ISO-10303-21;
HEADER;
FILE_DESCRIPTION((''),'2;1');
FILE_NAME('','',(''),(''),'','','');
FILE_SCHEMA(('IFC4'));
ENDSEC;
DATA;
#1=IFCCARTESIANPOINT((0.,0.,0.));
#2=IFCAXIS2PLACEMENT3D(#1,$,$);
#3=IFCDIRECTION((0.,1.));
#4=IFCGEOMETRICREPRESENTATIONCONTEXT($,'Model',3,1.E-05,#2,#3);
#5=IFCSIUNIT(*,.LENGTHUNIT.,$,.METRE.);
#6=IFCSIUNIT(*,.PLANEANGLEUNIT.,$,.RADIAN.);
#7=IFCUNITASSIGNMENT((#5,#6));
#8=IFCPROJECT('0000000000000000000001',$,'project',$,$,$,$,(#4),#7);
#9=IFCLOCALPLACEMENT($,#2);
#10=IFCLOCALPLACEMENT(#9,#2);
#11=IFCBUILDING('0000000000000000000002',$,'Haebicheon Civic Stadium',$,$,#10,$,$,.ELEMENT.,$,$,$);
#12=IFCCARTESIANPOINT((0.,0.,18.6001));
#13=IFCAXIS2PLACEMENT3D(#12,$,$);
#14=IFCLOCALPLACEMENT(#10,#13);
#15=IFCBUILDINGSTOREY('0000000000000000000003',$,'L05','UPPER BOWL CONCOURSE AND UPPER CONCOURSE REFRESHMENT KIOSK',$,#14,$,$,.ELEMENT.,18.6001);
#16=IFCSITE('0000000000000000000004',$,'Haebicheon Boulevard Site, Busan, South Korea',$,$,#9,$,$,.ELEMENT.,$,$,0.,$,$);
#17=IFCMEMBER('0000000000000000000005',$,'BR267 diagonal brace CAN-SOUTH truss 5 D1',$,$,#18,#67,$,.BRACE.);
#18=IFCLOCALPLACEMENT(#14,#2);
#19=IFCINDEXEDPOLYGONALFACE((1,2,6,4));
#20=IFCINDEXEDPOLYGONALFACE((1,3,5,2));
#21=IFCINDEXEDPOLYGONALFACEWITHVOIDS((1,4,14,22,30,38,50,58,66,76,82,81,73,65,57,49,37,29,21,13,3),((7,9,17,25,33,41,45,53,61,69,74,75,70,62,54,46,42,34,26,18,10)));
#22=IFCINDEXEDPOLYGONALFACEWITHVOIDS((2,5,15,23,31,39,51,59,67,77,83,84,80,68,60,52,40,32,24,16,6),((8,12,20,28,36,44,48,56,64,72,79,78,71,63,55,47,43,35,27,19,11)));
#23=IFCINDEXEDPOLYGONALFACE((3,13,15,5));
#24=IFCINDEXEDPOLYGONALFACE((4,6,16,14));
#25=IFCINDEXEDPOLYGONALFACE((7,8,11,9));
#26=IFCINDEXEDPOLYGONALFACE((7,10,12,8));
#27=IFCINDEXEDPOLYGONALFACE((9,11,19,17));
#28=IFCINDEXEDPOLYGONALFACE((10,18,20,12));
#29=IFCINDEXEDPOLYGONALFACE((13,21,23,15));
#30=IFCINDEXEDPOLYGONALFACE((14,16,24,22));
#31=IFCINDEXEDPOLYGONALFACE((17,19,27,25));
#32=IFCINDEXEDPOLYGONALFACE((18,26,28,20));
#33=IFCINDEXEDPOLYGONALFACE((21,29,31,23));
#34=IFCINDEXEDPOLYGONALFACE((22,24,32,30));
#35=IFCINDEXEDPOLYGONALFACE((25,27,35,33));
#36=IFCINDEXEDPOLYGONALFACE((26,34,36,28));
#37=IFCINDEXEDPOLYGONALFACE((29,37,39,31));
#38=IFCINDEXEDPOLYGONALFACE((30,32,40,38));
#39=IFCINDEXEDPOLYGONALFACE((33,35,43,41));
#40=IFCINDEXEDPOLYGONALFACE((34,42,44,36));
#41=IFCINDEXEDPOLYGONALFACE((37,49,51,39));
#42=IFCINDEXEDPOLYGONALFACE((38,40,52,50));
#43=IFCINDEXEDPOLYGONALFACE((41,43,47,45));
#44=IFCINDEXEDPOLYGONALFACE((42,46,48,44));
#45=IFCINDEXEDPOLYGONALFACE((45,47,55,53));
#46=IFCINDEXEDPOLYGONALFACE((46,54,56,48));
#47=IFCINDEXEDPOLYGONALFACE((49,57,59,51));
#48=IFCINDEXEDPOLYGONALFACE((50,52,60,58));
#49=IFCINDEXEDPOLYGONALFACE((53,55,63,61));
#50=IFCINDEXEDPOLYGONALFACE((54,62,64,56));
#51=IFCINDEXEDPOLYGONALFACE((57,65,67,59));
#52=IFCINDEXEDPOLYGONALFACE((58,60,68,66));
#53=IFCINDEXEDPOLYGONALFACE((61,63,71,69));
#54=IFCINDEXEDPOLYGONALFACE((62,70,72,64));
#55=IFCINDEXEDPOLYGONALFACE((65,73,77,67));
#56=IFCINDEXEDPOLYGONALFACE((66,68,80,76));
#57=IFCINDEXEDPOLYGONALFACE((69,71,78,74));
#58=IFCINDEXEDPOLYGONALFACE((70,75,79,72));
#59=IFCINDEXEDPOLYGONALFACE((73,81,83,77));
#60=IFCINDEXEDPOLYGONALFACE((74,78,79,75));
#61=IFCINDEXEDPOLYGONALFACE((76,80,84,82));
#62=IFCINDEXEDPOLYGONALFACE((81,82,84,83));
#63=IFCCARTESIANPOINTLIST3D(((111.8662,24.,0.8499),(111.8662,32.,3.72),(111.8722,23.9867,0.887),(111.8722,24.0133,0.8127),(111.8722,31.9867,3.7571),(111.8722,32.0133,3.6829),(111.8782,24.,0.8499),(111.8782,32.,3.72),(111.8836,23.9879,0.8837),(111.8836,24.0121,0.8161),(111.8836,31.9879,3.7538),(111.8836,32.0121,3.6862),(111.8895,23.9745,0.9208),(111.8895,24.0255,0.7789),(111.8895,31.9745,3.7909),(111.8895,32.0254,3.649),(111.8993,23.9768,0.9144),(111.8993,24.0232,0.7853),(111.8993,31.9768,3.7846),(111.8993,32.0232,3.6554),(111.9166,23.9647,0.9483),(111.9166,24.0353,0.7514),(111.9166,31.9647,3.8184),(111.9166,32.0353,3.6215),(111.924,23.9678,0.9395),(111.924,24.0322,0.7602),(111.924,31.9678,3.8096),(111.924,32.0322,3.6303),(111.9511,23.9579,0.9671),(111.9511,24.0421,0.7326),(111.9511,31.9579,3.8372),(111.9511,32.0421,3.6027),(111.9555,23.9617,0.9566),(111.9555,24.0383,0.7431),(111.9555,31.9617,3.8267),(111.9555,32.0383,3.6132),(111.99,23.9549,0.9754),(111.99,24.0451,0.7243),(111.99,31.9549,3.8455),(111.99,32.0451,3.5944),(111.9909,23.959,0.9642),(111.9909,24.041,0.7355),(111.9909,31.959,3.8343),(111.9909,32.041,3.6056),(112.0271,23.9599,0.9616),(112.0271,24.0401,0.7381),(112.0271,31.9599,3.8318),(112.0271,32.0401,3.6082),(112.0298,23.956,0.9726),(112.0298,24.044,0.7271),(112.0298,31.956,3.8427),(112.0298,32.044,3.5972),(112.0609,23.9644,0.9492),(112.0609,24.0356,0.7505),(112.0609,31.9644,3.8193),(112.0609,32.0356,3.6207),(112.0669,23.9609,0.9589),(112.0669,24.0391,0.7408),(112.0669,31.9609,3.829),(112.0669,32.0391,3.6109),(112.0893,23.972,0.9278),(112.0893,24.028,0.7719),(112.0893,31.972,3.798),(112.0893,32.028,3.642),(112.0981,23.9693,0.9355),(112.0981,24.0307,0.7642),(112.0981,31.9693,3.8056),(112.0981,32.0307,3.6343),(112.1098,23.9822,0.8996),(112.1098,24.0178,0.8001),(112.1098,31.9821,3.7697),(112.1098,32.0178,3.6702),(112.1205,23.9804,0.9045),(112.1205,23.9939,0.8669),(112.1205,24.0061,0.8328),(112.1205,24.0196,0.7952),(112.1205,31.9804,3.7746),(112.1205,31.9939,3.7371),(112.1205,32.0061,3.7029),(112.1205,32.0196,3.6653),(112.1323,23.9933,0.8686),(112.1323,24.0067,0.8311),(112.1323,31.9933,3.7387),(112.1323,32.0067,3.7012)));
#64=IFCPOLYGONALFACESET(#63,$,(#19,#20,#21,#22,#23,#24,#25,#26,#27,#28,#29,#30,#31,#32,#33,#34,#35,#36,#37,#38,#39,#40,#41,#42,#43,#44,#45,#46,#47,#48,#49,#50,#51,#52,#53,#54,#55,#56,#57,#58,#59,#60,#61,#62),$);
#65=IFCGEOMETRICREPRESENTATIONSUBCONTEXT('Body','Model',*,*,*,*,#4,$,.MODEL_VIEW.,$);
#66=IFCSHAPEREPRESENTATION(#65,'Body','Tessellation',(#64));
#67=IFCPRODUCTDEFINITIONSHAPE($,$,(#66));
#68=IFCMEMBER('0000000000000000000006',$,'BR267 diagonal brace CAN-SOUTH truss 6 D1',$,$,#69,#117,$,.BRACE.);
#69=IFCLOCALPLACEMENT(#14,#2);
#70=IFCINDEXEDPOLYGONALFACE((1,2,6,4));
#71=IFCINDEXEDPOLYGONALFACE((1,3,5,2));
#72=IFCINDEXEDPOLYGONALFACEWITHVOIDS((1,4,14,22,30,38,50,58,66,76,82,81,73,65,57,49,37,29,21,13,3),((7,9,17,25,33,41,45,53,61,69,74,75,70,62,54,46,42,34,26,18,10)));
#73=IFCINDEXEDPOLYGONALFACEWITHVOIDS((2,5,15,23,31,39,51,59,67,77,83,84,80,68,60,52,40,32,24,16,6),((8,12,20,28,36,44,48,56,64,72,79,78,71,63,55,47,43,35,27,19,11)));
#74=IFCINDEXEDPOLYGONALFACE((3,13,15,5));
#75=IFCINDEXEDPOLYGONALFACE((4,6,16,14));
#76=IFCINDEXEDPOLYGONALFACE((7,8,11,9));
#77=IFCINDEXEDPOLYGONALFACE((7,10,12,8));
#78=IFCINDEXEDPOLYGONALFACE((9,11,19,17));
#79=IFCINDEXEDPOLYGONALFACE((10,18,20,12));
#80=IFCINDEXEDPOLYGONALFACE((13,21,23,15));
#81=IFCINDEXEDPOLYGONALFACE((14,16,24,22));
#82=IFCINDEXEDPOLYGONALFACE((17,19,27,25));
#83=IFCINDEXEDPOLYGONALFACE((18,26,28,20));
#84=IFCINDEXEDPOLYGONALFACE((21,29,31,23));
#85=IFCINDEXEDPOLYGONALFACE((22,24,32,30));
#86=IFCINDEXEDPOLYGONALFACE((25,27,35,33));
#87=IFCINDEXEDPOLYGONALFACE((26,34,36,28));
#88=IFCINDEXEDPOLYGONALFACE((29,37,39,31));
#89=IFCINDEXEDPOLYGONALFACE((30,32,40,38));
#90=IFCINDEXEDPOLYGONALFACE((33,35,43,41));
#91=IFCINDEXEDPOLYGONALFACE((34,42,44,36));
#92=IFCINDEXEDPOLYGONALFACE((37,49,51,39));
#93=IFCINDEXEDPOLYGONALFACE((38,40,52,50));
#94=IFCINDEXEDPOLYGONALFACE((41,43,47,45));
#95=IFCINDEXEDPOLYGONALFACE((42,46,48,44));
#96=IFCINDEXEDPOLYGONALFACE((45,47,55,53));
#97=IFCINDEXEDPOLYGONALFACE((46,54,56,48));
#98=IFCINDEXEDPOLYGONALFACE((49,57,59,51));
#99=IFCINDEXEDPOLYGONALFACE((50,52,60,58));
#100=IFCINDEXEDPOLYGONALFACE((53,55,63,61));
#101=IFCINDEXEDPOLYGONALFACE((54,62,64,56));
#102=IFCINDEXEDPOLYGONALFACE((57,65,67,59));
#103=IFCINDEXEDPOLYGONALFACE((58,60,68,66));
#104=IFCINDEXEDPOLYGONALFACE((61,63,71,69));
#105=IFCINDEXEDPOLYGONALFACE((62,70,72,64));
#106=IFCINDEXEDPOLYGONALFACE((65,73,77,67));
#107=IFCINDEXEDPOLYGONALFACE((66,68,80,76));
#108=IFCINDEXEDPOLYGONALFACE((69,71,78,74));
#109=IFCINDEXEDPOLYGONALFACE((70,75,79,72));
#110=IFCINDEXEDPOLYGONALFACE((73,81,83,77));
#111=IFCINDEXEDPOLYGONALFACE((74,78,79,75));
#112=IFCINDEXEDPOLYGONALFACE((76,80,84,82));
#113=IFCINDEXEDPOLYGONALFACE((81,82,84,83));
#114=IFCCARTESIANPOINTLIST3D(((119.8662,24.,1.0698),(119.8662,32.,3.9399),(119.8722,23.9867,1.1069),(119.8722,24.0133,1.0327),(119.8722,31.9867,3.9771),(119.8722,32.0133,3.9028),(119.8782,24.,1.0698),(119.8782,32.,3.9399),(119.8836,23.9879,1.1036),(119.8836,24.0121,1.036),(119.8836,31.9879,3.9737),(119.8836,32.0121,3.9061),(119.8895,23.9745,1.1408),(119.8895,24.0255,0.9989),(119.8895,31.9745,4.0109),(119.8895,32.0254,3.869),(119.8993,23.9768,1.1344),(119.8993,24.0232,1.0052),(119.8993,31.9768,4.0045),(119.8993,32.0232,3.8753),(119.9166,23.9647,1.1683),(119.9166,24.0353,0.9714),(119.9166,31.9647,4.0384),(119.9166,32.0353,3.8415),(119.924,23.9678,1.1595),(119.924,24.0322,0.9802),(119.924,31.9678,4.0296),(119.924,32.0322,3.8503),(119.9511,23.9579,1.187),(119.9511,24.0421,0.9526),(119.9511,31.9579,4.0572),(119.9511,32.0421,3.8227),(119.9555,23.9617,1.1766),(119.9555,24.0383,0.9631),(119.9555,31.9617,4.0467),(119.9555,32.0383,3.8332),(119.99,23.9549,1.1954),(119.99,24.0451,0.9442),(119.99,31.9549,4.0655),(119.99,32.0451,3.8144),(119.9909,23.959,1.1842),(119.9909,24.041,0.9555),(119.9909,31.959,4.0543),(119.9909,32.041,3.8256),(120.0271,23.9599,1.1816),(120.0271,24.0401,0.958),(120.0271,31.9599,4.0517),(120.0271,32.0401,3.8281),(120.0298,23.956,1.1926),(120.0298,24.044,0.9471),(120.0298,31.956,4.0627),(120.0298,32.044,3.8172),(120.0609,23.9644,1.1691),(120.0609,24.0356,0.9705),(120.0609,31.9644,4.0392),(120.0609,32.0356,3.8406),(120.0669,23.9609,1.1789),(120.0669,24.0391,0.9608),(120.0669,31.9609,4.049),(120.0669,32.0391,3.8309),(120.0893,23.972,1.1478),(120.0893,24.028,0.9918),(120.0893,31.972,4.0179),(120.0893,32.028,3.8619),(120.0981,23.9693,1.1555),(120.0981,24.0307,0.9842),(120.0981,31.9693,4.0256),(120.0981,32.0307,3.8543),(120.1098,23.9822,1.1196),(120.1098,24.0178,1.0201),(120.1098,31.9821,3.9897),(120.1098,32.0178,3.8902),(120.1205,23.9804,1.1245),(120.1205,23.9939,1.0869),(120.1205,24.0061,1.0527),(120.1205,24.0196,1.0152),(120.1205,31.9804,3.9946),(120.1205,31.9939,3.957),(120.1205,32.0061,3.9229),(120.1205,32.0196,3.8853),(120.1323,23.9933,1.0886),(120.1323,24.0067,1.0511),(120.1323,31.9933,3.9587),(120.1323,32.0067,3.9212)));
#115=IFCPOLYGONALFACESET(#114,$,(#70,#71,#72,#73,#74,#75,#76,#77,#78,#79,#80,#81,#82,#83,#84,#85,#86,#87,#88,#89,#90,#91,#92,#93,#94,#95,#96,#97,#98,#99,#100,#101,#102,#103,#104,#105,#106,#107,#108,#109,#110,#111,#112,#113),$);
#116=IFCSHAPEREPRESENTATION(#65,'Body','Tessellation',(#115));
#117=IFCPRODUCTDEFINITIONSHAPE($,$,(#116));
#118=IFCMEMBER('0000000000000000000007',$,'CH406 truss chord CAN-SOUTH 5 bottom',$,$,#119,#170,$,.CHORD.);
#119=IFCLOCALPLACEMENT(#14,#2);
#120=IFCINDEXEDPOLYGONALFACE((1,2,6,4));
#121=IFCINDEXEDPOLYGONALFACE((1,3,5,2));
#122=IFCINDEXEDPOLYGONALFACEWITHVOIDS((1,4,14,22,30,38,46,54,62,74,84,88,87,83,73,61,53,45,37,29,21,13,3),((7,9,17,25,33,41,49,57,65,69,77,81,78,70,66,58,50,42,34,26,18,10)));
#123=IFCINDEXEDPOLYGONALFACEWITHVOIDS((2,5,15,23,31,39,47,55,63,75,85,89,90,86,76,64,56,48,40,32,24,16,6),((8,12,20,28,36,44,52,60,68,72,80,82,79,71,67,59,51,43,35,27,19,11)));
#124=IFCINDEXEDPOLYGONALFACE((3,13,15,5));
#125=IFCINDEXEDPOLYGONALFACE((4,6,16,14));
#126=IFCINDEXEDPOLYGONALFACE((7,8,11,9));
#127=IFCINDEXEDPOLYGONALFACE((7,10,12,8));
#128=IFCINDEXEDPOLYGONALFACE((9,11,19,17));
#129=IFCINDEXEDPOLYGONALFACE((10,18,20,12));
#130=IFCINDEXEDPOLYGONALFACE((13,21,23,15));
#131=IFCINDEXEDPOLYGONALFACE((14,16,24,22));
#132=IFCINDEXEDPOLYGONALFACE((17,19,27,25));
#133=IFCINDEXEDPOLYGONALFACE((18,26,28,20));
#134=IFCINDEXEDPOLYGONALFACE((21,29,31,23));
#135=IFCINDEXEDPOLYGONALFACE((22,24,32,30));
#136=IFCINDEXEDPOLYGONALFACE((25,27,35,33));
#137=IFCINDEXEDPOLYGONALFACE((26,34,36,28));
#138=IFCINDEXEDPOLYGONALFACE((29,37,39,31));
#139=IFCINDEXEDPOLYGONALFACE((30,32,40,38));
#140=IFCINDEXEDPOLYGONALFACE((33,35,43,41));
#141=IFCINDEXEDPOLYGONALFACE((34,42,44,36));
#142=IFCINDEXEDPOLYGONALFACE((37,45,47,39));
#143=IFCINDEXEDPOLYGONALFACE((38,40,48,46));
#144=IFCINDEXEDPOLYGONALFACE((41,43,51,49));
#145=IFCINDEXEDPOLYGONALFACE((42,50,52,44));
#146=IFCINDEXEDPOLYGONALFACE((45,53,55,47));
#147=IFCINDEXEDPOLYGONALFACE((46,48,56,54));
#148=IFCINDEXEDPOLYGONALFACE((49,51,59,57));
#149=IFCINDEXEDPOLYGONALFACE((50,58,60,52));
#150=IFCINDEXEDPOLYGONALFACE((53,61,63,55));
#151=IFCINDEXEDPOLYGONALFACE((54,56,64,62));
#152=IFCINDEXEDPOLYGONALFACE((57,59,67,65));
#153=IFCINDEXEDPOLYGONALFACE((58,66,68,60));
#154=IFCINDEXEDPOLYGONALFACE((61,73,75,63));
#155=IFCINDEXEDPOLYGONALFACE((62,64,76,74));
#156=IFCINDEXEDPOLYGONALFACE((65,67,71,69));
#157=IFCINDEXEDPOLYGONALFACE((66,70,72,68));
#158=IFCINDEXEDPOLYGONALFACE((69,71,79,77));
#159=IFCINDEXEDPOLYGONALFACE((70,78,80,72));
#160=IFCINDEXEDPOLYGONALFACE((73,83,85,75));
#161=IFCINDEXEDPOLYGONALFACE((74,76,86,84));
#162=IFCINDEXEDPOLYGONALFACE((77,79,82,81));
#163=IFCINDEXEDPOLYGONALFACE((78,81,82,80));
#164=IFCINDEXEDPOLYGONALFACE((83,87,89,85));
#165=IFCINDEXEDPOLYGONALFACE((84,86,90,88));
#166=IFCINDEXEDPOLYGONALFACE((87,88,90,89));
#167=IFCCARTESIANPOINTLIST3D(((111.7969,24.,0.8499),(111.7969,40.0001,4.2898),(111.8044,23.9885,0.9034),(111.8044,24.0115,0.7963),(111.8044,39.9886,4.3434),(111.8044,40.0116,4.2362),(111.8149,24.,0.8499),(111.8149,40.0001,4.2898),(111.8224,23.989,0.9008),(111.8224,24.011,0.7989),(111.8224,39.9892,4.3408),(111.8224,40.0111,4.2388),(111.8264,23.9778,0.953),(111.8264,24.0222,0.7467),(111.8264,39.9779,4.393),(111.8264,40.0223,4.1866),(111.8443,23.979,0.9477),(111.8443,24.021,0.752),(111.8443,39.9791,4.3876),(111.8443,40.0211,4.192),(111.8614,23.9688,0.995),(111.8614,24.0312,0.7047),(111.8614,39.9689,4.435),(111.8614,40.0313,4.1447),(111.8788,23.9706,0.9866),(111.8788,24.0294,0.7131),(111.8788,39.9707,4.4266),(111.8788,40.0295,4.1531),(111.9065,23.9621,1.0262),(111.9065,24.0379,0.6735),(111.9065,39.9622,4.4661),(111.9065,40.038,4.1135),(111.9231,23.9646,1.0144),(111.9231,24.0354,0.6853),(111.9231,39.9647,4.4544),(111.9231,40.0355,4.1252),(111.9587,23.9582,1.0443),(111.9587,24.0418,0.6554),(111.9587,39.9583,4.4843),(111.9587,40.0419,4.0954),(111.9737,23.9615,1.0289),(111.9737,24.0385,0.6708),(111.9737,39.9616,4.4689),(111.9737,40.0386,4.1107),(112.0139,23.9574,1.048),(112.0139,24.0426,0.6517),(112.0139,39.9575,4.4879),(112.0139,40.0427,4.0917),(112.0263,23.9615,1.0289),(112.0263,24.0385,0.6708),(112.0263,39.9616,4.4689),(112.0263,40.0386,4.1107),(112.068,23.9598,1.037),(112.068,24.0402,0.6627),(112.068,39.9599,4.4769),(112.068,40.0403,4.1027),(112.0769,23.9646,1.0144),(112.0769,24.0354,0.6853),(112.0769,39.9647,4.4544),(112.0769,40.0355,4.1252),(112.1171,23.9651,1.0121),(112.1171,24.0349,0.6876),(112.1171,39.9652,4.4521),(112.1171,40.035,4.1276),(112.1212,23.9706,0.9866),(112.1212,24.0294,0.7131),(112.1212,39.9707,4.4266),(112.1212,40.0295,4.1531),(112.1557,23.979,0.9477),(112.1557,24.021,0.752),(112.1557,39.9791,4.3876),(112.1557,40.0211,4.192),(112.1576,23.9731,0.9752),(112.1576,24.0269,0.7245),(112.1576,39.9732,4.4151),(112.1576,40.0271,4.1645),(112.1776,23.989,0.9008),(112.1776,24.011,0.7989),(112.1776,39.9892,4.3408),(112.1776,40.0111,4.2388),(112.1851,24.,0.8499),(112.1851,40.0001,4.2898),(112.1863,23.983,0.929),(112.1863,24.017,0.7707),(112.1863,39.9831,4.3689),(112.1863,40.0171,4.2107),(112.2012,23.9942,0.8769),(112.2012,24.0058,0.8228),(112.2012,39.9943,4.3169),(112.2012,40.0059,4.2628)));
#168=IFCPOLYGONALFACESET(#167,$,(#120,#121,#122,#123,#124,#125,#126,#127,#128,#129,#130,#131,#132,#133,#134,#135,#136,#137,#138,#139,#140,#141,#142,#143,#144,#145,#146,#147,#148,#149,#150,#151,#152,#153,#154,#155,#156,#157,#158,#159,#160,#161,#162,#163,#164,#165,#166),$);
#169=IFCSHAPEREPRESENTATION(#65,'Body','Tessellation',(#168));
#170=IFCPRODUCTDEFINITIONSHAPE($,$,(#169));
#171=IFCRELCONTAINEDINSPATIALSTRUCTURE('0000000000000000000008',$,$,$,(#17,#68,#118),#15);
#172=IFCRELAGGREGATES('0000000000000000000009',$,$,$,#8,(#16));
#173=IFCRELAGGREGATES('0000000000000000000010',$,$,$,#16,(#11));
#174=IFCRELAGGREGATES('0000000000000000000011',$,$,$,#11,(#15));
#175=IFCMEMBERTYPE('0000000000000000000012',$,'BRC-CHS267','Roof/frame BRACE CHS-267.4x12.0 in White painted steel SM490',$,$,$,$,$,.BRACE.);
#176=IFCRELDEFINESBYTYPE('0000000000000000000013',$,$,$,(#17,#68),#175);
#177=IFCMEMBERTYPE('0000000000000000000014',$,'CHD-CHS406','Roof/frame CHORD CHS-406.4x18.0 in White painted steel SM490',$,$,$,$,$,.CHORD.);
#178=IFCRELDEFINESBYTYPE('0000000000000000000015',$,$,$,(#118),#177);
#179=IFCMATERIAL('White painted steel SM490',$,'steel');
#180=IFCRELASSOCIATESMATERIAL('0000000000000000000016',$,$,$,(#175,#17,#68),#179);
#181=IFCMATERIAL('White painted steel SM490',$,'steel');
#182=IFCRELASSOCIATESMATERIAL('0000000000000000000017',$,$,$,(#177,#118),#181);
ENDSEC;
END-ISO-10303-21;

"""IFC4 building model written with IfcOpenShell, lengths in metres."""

from ifc_helpers import new_model, si_unit, direction, frame, origin, origin_2d, place, context, subcontext, project, spatial, hollow_circle, extrude, material, material_profile, profile_set, type_object, element, save


model = new_model("IFC4")

# Units and contexts
model_context = context("Model", 3, precision=1e-05, world=origin(), true_north=direction((0.0, 1.0)))
body_context = subcontext(model_context, "Body", "Model", "MODEL_VIEW")
ifc_project = project(units=[si_unit("LENGTHUNIT", "METRE"), si_unit("PLANEANGLEUNIT", "RADIAN")], contexts=[model_context])

# Site, building, storey
site_placement = place(None, origin())
site = spatial("IfcSite", under=ifc_project, at=site_placement, Name="Haebicheon Boulevard Site, Busan, South Korea", CompositionType="ELEMENT", RefElevation=0.0)
building_placement = place(site_placement, origin())
building = spatial("IfcBuilding", under=site, at=building_placement, Name="Haebicheon Civic Stadium", CompositionType="ELEMENT")
storey_placement = place(building_placement, frame((0.0, 0.0, 18.6001)))
storey = spatial("IfcBuildingStorey", under=building, at=storey_placement, Name="L05", Description="UPPER BOWL CONCOURSE AND UPPER CONCOURSE REFRESHMENT KIOSK", CompositionType="ELEMENT", Elevation=18.6001)

# Members
ifc_material_1 = material(Name="White painted steel SM490", Category="steel")
ifc_material_profile_1 = material_profile(ifc_material_1, hollow_circle(Radius=0.1338, WallThickness=0.012, at=origin_2d()), Name="CHS-267.4x12.0")
ifc_profile_set_1 = profile_set([ifc_material_profile_1], Name="White painted steel SM490")
member_type_1 = type_object("IfcMemberType", Name="BRC-CHS267", Description="Roof/frame BRACE CHS-267.4x12.0 in White painted steel SM490", PredefinedType="BRACE", material=ifc_profile_set_1)
for number, where, z_axis, x_axis, name in (
    (1, (112.0, 24.0, 0.8499), (0.0, 0.941257, 0.33769), (-1.0, 0.0, 0.0), "BR267 diagonal brace CAN-SOUTH truss 5 D1"),
    (2, (120.0, 24.0, 1.0698), (0.0, 0.941257, 0.33769), (-1.0, 0.0, 0.0), "BR267 diagonal brace CAN-SOUTH truss 6 D1"),
):
    element("IfcMember", number, at=place(storey_placement, frame(where, z_axis=z_axis, x_axis=x_axis)), inside=storey, type_object=member_type_1, material=ifc_profile_set_1, Name=name, PredefinedType="BRACE", context=body_context, shape_type="SweptSolid", body=[
        extrude(hollow_circle(Radius=0.1338, WallThickness=0.012, at=origin_2d()), origin(), (0.0, 0.0, 1.0), 8.4993),
    ])
ifc_material_2 = material(Name="White painted steel SM490", Category="steel")
ifc_material_profile_2 = material_profile(ifc_material_2, hollow_circle(Radius=0.2031, WallThickness=0.0181, at=origin_2d()), Name="CHS-406.4x18.0")
ifc_profile_set_2 = profile_set([ifc_material_profile_2], Name="White painted steel SM490")
member_type_2 = type_object("IfcMemberType", Name="CHD-CHS406", Description="Roof/frame CHORD CHS-406.4x18.0 in White painted steel SM490", PredefinedType="CHORD", material=ifc_profile_set_2)
member_1_placement = place(storey_placement, frame((112.0, 24.0, 0.8499), z_axis=(0.0, 0.97766, 0.210193), x_axis=(-1.0, 0.0, 0.0)))
element("IfcMember", 3, at=member_1_placement, inside=storey, type_object=member_type_2, material=ifc_profile_set_2, Name="CH406 truss chord CAN-SOUTH 5 bottom", PredefinedType="CHORD", context=body_context, shape_type="SweptSolid", body=[
    extrude(hollow_circle(Radius=0.2031, WallThickness=0.0181, at=origin_2d()), origin(), (0.0, 0.0, 1.0), 16.3657),
])

save(model, "model.ifc")
